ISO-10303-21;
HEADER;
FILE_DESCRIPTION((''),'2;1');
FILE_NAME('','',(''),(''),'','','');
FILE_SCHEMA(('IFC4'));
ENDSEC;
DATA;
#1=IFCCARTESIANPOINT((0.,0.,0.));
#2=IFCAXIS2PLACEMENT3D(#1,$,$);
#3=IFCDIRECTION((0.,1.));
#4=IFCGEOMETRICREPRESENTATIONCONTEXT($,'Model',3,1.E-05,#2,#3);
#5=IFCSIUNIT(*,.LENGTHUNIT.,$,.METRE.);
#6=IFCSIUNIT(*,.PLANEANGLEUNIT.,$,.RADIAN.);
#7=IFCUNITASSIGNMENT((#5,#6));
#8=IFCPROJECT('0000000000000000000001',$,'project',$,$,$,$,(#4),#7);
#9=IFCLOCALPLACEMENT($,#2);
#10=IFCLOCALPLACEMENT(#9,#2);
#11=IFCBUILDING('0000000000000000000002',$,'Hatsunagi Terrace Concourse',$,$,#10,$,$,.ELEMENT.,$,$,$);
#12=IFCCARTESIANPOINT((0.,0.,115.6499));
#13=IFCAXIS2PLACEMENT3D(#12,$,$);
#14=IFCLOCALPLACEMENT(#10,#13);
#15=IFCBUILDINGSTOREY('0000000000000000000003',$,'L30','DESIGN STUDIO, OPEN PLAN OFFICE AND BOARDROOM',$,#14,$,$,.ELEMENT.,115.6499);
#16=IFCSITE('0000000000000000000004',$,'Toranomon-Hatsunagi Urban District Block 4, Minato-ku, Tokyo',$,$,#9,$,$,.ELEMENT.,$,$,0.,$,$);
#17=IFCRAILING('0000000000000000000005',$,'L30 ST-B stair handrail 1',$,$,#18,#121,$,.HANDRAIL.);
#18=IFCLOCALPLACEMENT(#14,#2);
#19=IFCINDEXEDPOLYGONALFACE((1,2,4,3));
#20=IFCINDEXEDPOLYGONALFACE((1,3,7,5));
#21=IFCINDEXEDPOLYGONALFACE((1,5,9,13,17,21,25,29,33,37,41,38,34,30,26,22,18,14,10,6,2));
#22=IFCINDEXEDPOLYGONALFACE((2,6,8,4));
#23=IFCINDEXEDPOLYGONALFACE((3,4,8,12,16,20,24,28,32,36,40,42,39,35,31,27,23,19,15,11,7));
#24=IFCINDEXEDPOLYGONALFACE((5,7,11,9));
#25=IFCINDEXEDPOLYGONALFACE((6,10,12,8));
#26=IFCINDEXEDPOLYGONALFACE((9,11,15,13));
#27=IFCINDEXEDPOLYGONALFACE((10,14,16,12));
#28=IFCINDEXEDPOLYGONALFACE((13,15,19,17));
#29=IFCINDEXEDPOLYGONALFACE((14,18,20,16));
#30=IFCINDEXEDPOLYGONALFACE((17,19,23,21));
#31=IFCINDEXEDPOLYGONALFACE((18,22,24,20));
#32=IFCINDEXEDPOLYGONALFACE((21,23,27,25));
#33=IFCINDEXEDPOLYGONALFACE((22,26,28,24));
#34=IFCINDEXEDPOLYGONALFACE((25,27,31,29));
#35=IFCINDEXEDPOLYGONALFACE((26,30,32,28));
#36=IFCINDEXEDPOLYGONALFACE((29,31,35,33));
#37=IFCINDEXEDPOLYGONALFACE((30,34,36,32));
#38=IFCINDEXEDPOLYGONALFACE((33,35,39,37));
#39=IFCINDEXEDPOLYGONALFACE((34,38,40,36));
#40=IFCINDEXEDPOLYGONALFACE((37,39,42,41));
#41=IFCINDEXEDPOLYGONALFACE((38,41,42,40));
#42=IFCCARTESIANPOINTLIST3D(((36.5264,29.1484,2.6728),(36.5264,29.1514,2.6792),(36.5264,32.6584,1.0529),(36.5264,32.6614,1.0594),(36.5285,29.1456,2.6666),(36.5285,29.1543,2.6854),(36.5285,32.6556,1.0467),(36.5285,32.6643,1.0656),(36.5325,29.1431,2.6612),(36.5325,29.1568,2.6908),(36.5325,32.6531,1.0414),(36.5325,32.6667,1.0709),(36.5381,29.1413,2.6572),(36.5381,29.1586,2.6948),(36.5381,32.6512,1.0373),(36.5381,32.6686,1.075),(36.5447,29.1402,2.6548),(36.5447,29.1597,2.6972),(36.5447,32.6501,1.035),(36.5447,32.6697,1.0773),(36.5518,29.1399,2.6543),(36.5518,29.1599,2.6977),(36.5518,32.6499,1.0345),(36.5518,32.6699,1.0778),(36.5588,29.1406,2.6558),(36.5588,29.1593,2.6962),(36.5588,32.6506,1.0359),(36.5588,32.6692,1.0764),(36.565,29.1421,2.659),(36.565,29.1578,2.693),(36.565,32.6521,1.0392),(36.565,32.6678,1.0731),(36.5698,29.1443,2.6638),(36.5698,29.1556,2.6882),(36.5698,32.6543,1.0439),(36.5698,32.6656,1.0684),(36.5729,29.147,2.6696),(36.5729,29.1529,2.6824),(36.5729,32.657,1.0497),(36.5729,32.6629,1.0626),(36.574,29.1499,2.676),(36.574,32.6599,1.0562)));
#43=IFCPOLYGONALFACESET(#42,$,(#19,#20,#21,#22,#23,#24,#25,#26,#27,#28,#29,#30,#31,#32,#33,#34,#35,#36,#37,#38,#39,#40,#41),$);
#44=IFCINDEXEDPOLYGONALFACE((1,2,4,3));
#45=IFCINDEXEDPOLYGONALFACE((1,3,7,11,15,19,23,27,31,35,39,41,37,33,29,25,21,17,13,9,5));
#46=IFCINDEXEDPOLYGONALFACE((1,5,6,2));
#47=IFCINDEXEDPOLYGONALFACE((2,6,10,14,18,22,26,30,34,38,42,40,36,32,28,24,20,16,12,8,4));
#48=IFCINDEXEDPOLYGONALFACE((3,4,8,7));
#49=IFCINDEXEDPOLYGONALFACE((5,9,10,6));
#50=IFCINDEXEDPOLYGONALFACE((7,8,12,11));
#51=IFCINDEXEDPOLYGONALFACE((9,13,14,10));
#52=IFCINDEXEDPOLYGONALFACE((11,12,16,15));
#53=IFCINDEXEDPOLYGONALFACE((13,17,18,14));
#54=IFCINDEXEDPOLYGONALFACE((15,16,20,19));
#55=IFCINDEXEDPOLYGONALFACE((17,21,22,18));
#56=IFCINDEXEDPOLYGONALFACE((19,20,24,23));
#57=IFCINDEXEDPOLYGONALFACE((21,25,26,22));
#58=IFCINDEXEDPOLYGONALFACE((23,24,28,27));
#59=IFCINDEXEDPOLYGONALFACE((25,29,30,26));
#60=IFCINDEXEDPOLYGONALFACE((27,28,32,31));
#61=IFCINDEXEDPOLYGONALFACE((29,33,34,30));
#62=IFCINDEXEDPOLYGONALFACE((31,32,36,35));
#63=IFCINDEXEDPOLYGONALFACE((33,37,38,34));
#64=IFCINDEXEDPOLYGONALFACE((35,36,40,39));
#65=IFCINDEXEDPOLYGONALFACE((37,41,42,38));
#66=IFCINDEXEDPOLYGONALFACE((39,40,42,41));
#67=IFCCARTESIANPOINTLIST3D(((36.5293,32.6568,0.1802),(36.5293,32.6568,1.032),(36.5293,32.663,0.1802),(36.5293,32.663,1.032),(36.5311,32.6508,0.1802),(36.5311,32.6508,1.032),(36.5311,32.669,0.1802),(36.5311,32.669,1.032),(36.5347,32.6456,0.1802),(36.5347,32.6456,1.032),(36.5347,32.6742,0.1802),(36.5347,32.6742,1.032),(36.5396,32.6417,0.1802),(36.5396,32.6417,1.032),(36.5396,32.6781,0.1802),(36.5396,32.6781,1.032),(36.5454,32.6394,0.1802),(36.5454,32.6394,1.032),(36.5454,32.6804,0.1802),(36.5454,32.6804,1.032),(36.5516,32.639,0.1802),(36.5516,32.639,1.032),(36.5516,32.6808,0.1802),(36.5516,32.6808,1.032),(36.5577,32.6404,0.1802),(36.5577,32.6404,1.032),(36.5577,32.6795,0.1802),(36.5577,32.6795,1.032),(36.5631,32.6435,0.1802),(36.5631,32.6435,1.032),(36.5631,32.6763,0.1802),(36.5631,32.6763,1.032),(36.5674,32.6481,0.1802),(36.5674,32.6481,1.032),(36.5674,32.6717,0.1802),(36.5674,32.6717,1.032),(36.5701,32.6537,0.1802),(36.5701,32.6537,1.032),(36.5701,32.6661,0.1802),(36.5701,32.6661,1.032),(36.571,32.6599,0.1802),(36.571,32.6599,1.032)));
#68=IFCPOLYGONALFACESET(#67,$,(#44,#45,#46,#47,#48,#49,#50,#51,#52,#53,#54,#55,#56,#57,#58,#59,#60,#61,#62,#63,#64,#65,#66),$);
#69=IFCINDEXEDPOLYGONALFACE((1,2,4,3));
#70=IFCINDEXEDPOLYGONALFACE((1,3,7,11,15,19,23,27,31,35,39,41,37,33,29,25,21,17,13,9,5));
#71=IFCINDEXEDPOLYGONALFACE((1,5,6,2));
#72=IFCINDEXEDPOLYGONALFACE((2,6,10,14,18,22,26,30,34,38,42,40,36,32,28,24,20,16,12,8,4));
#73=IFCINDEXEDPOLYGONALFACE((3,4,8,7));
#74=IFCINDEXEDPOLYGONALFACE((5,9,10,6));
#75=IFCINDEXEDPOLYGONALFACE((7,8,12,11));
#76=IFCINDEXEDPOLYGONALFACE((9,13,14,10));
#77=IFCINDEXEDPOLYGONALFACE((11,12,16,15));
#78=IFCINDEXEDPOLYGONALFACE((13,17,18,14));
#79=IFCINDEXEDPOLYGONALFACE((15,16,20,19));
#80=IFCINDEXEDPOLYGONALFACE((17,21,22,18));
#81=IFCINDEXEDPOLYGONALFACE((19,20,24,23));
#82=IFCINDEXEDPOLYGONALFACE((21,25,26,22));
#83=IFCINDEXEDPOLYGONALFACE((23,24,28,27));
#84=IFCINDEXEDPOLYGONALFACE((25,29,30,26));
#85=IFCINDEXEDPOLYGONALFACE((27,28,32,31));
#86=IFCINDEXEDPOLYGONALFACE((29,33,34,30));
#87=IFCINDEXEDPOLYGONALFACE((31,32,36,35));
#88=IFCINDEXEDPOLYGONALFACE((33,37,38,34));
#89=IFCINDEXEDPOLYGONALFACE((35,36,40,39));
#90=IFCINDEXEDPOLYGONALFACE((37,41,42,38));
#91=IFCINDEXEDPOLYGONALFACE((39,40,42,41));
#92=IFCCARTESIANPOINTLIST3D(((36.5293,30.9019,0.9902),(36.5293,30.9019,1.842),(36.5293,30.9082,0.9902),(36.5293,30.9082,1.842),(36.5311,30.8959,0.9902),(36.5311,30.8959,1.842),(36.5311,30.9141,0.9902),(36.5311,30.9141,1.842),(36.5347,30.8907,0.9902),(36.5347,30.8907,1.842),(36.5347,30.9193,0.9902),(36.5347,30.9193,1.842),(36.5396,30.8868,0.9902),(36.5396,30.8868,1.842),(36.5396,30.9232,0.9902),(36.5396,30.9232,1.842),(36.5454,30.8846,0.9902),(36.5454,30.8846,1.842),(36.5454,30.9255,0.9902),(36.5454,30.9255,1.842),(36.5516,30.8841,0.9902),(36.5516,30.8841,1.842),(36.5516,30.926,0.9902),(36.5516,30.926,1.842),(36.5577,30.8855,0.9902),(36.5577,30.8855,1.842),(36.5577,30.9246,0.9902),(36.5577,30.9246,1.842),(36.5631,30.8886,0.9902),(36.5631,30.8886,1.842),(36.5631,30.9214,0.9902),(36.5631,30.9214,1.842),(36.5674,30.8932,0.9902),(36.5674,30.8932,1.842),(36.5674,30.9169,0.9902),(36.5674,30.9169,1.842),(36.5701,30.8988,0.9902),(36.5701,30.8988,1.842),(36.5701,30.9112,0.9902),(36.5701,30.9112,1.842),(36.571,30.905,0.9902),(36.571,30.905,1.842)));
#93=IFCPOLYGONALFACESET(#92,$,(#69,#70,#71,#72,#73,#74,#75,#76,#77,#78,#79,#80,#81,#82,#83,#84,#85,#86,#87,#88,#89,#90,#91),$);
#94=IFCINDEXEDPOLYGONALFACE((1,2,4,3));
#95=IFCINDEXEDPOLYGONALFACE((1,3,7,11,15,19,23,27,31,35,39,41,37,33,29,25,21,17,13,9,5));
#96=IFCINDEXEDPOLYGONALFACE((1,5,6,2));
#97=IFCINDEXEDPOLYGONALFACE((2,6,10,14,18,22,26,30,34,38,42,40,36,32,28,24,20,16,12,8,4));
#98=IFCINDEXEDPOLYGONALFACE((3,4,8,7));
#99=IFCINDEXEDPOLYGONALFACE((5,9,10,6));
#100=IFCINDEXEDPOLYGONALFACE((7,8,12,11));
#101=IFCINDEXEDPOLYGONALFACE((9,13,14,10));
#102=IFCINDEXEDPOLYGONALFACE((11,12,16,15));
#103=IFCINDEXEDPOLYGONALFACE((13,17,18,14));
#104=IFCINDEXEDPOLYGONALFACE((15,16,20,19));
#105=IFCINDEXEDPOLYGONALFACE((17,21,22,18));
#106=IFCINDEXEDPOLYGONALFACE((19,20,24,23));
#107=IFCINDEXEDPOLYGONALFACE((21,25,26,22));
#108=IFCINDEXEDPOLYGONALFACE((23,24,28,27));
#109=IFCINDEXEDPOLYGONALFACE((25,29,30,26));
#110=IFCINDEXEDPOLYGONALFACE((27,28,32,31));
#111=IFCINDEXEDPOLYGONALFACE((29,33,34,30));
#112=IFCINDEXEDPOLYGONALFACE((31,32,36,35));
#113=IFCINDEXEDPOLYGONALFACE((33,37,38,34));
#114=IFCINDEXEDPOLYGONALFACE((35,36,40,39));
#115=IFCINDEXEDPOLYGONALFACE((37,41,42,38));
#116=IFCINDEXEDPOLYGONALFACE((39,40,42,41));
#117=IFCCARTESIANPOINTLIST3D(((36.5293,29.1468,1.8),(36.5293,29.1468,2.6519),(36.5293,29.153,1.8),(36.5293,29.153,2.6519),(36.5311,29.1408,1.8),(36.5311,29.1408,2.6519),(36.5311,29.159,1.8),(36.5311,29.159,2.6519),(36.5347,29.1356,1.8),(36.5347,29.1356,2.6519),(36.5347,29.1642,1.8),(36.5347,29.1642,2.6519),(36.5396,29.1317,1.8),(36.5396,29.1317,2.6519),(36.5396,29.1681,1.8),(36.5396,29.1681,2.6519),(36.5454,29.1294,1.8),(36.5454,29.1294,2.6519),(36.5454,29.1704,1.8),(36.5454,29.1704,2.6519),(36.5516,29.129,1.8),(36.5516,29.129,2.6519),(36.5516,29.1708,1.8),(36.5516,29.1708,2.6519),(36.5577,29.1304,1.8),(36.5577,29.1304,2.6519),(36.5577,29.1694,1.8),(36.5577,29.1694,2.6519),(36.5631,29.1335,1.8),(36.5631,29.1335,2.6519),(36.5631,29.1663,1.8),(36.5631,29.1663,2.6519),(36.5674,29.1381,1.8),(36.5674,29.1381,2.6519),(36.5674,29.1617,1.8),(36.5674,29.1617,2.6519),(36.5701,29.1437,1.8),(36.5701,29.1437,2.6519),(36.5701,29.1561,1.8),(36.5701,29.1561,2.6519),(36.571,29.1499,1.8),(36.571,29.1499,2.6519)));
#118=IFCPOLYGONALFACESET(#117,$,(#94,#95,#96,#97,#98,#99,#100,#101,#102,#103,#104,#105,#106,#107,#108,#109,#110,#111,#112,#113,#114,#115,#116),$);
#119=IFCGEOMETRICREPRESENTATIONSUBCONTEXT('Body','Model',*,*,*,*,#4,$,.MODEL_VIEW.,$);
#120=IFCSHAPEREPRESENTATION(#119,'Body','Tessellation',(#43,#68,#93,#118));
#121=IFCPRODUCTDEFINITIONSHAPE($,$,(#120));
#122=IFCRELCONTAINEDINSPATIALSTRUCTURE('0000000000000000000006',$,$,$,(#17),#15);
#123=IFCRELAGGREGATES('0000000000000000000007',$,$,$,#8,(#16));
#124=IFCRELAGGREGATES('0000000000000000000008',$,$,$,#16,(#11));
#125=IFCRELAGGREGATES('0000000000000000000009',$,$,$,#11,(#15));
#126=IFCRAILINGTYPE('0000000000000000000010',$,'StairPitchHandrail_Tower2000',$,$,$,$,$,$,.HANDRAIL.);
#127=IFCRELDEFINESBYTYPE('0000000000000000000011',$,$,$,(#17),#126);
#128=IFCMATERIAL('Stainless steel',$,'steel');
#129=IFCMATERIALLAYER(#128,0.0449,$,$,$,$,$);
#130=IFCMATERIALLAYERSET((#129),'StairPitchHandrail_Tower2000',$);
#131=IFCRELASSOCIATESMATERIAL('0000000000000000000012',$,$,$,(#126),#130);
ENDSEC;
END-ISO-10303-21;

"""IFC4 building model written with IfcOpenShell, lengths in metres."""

from ifc_helpers import new_model, si_unit, direction, frame, origin, origin_2d, place, context, subcontext, project, spatial, circle, extrude, material, layer, layer_set, type_object, element, save


model = new_model("IFC4")

# Units and contexts
model_context = context("Model", 3, precision=1e-05, world=origin(), true_north=direction((0.0, 1.0)))
body_context = subcontext(model_context, "Body", "Model", "MODEL_VIEW")
ifc_project = project(units=[si_unit("LENGTHUNIT", "METRE"), si_unit("PLANEANGLEUNIT", "RADIAN")], contexts=[model_context])

# Site, building, storey
site_placement = place(None, origin())
site = spatial("IfcSite", under=ifc_project, at=site_placement, Name="Toranomon-Hatsunagi Urban District Block 4, Minato-ku, Tokyo", CompositionType="ELEMENT", RefElevation=0.0)
building_placement = place(site_placement, origin())
building = spatial("IfcBuilding", under=site, at=building_placement, Name="Hatsunagi Terrace Concourse", CompositionType="ELEMENT")
storey_placement = place(building_placement, frame((0.0, 0.0, 115.6499)))
storey = spatial("IfcBuildingStorey", under=building, at=storey_placement, Name="L30", Description="DESIGN STUDIO, OPEN PLAN OFFICE AND BOARDROOM", CompositionType="ELEMENT", Elevation=115.6499)

# Railing
ifc_material_1 = material(Name="Stainless steel", Category="steel")
ifc_layer_1 = layer(ifc_material_1, 0.0449)
ifc_layer_set_1 = layer_set([ifc_layer_1], Name="StairPitchHandrail_Tower2000")
railing_type_1 = type_object("IfcRailingType", Name="StairPitchHandrail_Tower2000", PredefinedType="HANDRAIL", material=ifc_layer_set_1)
railing_1_placement = place(storey_placement, frame((36.55, 32.6599, 0.1802)))
element("IfcRailing", 1, at=railing_1_placement, inside=storey, type_object=railing_type_1, Name="L30 ST-B stair handrail 1", PredefinedType="HANDRAIL", context=body_context, shape_type="SweptSolid", body=[
    extrude(circle(Radius=0.0239, at=origin_2d()), frame((0.0, 0.0, 0.876), z_axis=(0.0, -0.907972, 0.41903), x_axis=(1.0, 0.0, 0.0)), (0.0, 0.0, 1.0), 3.8657),
    extrude(circle(Radius=0.021, at=origin_2d()), origin(), (0.0, 0.0, 1.0), 0.8518),
    extrude(circle(Radius=0.021, at=origin_2d()), frame((0.0, -1.7549, 0.8101)), (0.0, 0.0, 1.0), 0.8518),
    extrude(circle(Radius=0.021, at=origin_2d()), frame((0.0, -3.51, 1.6199)), (0.0, 0.0, 1.0), 0.8518),
])

save(model, "model.ifc")
